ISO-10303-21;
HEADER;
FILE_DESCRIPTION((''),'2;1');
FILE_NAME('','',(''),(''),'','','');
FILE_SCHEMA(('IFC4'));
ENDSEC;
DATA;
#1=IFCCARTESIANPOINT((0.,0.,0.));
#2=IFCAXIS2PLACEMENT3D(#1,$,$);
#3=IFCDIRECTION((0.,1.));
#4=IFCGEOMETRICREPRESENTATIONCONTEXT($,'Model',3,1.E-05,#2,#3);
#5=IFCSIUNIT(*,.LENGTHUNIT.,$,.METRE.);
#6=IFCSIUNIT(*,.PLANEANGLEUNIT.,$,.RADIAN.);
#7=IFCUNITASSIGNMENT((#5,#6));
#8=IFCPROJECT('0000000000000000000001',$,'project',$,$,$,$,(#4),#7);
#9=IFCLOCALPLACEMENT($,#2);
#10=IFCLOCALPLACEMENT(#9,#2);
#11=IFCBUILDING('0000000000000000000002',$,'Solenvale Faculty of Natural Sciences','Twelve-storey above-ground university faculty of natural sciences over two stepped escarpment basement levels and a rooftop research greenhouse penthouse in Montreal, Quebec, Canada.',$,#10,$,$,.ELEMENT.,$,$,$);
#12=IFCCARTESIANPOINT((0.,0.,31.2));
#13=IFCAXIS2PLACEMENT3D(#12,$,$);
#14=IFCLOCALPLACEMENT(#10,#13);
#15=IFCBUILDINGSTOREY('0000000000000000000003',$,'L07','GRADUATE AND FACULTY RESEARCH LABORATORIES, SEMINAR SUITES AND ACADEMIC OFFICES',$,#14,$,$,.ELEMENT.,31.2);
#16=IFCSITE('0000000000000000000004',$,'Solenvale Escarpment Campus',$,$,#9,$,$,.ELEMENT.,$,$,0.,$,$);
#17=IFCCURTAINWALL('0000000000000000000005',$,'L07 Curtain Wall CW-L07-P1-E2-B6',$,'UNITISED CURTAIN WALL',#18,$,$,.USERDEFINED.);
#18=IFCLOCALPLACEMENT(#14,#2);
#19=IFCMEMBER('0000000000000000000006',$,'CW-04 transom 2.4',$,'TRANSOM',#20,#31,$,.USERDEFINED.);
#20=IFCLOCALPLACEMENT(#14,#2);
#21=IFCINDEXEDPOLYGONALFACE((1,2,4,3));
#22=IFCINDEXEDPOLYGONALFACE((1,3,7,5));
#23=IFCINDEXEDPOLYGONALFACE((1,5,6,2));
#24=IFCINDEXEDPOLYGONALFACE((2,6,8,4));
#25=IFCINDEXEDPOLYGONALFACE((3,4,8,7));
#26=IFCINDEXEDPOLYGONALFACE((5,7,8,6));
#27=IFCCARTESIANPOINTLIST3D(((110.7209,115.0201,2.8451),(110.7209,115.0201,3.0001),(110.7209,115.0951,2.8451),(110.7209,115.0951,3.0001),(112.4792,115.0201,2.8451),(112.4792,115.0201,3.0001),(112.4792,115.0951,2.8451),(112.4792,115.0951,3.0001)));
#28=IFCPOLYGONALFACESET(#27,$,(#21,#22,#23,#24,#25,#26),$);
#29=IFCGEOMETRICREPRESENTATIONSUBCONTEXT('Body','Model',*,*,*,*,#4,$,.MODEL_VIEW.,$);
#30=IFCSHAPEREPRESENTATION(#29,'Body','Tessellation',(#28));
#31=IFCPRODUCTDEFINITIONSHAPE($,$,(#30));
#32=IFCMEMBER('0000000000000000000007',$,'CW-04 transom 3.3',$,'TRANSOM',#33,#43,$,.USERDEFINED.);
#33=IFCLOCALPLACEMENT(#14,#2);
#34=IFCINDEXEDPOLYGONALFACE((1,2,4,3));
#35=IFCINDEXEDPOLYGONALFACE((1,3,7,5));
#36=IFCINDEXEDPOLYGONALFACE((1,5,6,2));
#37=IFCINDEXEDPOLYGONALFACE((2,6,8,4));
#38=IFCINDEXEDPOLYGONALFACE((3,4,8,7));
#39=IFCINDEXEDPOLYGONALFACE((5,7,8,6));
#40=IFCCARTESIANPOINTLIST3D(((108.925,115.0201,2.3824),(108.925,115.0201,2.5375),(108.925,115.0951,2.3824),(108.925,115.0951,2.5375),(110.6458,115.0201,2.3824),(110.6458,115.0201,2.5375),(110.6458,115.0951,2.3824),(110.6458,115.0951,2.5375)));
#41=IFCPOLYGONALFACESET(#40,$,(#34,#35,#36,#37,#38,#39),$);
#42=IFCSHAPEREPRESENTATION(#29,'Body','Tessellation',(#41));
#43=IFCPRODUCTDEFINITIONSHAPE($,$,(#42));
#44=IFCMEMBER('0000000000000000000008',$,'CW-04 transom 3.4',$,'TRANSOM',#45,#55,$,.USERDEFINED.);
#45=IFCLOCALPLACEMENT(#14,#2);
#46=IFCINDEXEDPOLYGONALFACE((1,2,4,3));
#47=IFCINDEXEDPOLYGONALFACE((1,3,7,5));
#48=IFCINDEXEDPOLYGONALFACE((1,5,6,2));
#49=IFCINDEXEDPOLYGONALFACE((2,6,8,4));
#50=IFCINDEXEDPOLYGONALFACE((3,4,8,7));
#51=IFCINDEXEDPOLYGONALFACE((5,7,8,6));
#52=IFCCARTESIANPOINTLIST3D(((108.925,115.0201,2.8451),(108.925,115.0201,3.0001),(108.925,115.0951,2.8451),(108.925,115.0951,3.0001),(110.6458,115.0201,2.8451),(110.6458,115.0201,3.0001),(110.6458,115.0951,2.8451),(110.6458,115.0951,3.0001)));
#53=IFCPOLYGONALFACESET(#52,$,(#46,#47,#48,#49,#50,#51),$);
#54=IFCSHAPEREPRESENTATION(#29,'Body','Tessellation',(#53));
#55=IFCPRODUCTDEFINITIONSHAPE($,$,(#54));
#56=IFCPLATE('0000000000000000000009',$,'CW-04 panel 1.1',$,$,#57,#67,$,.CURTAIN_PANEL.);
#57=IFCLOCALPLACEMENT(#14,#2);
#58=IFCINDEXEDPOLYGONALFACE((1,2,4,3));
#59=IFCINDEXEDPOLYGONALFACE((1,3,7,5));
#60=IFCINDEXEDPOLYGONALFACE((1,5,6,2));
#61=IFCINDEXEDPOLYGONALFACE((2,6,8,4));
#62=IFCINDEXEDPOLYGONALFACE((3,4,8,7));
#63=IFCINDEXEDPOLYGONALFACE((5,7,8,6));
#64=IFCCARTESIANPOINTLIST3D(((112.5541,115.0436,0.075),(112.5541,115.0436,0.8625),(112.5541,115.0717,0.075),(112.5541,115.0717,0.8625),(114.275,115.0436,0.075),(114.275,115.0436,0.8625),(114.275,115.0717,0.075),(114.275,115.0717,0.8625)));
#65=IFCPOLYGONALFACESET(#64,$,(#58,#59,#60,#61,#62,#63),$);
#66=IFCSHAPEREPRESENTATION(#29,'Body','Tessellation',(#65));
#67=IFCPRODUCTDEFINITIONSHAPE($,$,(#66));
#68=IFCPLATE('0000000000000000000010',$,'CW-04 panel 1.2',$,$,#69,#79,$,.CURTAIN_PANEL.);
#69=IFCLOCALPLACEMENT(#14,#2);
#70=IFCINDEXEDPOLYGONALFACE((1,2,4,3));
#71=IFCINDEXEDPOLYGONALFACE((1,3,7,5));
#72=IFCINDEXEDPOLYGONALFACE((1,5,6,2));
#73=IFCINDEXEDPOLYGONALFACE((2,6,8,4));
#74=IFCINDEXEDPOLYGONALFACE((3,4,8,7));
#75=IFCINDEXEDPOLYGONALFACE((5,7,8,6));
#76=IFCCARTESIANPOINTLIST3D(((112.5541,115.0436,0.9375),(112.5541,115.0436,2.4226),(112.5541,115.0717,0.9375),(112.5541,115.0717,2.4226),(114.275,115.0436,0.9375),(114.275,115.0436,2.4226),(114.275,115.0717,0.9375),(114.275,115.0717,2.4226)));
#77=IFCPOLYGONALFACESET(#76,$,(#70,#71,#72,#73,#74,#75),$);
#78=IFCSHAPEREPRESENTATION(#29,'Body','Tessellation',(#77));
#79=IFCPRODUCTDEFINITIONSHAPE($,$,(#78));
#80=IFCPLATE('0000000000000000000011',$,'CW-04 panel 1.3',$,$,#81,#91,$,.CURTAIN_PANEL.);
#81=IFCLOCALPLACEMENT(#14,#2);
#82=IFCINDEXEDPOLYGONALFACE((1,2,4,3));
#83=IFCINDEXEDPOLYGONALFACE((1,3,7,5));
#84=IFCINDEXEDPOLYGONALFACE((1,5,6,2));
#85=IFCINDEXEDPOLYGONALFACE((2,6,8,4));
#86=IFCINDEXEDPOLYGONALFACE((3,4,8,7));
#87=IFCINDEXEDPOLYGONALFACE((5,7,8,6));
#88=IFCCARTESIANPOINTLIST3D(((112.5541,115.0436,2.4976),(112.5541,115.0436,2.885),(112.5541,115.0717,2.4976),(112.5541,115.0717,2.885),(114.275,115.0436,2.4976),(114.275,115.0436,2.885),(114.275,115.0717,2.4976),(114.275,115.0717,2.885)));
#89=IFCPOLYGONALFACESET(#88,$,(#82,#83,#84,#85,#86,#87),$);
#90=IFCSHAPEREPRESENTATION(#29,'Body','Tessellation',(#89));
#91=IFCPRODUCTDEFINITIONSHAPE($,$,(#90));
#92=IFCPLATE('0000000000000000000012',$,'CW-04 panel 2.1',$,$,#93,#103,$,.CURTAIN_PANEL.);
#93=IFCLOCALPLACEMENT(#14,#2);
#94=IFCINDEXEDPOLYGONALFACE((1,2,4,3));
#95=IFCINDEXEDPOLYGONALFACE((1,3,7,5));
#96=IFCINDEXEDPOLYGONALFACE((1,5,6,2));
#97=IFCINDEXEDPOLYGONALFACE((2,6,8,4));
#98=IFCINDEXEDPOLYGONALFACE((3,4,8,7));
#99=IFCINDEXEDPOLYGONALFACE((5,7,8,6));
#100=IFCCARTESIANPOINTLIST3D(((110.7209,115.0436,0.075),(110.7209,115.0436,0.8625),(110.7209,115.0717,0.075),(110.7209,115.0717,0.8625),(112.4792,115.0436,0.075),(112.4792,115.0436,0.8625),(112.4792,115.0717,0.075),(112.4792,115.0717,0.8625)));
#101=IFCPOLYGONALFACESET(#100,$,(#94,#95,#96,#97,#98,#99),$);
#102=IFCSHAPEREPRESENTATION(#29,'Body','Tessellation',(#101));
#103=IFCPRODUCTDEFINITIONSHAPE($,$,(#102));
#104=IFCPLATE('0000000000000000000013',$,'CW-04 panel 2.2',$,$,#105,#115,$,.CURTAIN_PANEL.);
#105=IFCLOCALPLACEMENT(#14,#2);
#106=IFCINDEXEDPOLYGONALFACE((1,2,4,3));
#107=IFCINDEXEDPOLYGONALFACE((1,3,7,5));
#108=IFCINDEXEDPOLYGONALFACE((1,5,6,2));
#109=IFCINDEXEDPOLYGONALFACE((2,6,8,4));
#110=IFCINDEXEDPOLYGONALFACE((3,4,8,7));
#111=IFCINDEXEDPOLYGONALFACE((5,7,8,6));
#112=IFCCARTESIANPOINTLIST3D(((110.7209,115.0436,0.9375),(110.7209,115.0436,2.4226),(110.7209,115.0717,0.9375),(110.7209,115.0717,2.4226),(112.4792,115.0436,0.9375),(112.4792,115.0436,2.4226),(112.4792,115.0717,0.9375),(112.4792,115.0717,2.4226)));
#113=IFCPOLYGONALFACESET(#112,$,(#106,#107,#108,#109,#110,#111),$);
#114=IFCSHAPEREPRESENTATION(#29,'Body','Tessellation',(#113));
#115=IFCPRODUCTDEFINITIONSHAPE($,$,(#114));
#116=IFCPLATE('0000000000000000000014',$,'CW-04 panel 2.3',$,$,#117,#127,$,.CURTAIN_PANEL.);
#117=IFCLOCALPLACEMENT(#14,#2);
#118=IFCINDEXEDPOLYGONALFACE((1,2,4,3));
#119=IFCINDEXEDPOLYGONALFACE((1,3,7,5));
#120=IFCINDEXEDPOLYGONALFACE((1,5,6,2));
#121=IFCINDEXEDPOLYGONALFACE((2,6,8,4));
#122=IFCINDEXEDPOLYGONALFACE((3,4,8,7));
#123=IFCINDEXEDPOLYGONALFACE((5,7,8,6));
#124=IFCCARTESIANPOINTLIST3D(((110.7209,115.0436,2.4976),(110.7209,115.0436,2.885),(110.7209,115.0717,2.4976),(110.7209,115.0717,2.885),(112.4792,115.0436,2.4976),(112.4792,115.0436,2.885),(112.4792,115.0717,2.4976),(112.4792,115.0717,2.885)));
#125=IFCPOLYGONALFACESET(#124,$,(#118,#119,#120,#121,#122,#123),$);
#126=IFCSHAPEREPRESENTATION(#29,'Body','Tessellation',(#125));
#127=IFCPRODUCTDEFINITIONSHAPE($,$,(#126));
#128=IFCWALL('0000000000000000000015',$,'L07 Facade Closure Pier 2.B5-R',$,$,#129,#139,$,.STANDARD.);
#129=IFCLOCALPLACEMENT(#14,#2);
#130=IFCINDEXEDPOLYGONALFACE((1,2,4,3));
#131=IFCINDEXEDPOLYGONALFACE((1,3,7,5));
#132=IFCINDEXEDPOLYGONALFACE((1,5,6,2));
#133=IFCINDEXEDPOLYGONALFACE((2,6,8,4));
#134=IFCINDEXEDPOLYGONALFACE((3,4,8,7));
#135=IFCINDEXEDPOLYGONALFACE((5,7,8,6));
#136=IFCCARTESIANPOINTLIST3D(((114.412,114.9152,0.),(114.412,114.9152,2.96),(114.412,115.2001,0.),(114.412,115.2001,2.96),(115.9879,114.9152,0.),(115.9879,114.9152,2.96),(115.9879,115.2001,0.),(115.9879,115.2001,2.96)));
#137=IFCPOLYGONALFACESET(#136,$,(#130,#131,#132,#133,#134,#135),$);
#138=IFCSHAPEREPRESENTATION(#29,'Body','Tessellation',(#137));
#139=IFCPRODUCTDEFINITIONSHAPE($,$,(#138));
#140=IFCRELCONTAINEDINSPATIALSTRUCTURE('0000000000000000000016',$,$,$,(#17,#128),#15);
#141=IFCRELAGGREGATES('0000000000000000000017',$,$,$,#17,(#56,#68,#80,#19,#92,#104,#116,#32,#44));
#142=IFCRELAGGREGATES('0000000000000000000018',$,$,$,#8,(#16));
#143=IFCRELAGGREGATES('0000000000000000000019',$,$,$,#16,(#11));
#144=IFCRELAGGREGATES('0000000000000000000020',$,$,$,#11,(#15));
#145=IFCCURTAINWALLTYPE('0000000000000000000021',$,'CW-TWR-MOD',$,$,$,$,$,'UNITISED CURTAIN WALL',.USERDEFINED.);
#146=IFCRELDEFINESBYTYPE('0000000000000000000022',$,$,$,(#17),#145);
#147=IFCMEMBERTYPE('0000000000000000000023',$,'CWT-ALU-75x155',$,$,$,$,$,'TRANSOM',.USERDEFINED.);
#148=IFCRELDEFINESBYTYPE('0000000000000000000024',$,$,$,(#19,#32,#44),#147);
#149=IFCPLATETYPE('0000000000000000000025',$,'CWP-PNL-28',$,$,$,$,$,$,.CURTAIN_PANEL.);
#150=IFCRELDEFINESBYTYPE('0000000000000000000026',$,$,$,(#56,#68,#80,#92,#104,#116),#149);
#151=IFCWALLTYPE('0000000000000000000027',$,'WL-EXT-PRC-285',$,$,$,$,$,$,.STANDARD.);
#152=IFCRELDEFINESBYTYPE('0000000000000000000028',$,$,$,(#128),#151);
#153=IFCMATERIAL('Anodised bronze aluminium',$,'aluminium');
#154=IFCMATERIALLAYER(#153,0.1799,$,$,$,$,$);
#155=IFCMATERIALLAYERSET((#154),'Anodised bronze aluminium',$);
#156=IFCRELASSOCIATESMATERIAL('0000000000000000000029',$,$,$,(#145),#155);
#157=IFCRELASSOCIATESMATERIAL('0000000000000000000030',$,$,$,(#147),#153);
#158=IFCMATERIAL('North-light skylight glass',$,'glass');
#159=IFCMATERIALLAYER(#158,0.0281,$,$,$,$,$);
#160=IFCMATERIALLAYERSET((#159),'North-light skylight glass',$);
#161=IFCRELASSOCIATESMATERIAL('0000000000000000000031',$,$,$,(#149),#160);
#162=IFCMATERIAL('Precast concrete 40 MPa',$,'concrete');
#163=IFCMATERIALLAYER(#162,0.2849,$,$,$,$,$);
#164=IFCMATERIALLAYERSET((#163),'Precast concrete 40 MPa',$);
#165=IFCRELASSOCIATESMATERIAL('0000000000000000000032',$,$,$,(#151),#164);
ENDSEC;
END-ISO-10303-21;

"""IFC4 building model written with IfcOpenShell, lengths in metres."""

from ifc_helpers import new_model, si_unit, direction, frame, frame_2d, origin, origin_2d, place, context, subcontext, project, spatial, rectangle, extrude, material, layer, layer_set, material_profile, profile_set, type_object, element, aggregate, save


model = new_model("IFC4")

# Units and contexts
model_context = context("Model", 3, precision=1e-05, world=origin(), true_north=direction((0.0, 1.0)))
body_context = subcontext(model_context, "Body", "Model", "MODEL_VIEW")
ifc_project = project(units=[si_unit("LENGTHUNIT", "METRE"), si_unit("PLANEANGLEUNIT", "RADIAN")], contexts=[model_context])

# Site, building, storey
site_placement = place(None, origin())
site = spatial("IfcSite", under=ifc_project, at=site_placement, Name="Solenvale Escarpment Campus", CompositionType="ELEMENT", RefElevation=0.0)
building_placement = place(site_placement, origin())
building = spatial("IfcBuilding", under=site, at=building_placement, Name="Solenvale Faculty of Natural Sciences", Description="Twelve-storey above-ground university faculty of natural sciences over two stepped escarpment basement levels and a rooftop research greenhouse penthouse in Montreal, Quebec, Canada.", CompositionType="ELEMENT")
storey_placement = place(building_placement, frame((0.0, 0.0, 31.2)))
storey = spatial("IfcBuildingStorey", under=building, at=storey_placement, Name="L07", Description="GRADUATE AND FACULTY RESEARCH LABORATORIES, SEMINAR SUITES AND ACADEMIC OFFICES", CompositionType="ELEMENT", Elevation=31.2)

# Shared definitions
ifc_material_1 = material(Name="Precast concrete 40 MPa", Category="concrete")

# Shared definitions
ifc_material_2 = material(Name="Anodised bronze aluminium", Category="aluminium")
ifc_layer_1 = layer(ifc_material_2, 0.1799)
ifc_layer_set_1 = layer_set([ifc_layer_1], Name="Anodised bronze aluminium")
curtain_wall_type = type_object("IfcCurtainWallType", Name="CW-TWR-MOD", ElementType="UNITISED CURTAIN WALL", PredefinedType="USERDEFINED", material=ifc_layer_set_1)

# Curtain wall, members, plates
curtain_wall_1_placement = place(storey_placement, origin())
curtain_wall_1 = element("IfcCurtainWall", 1, at=curtain_wall_1_placement, inside=storey, type_object=curtain_wall_type, Name="L07 Curtain Wall CW-L07-P1-E2-B6", ObjectType="UNITISED CURTAIN WALL", PredefinedType="USERDEFINED")
ifc_material_profile_1 = material_profile(ifc_material_2, rectangle(XDim=0.075, YDim=0.155, at=origin_2d()), Name="ALU-TRN-75x155")
ifc_profile_set_1 = profile_set([ifc_material_profile_1], Name="Anodised bronze aluminium")
member_type_1 = type_object("IfcMemberType", Name="CWT-ALU-75x155", ElementType="TRANSOM", PredefinedType="USERDEFINED", material=ifc_profile_set_1)
member_1_placement = place(storey_placement, frame((112.4792, 115.0576, 2.9226), z_axis=(-1.0, 0.0, 0.0), x_axis=(0.0, -1.0, 0.0)))
member_1 = element("IfcMember", 2, at=member_1_placement, type_object=member_type_1, Name="CW-04 transom 2.4", ObjectType="TRANSOM", PredefinedType="USERDEFINED", context=body_context, shape_type="SweptSolid", body=[
    extrude(rectangle(XDim=0.075, YDim=0.155, at=origin_2d()), origin(), (0.0, 0.0, 1.0), 1.7583),
])
member_2_placement = place(storey_placement, frame((110.6458, 115.0576, 2.46), z_axis=(-1.0, 0.0, 0.0), x_axis=(0.0, -1.0, 0.0)))
member_2 = element("IfcMember", 3, at=member_2_placement, type_object=member_type_1, Name="CW-04 transom 3.3", ObjectType="TRANSOM", PredefinedType="USERDEFINED", context=body_context, shape_type="SweptSolid", body=[
    extrude(rectangle(XDim=0.075, YDim=0.155, at=origin_2d()), origin(), (0.0, 0.0, 1.0), 1.7207),
])
member_3_placement = place(storey_placement, frame((110.6458, 115.0576, 2.9226), z_axis=(-1.0, 0.0, 0.0), x_axis=(0.0, -1.0, 0.0)))
member_3 = element("IfcMember", 4, at=member_3_placement, type_object=member_type_1, Name="CW-04 transom 3.4", ObjectType="TRANSOM", PredefinedType="USERDEFINED", context=body_context, shape_type="SweptSolid", body=[
    extrude(rectangle(XDim=0.075, YDim=0.155, at=origin_2d()), origin(), (0.0, 0.0, 1.0), 1.7207),
])
ifc_material_3 = material(Name="North-light skylight glass", Category="glass")
ifc_layer_2 = layer(ifc_material_3, 0.0281)
ifc_layer_set_2 = layer_set([ifc_layer_2], Name="North-light skylight glass")
plate_type = type_object("IfcPlateType", Name="CWP-PNL-28", PredefinedType="CURTAIN_PANEL", material=ifc_layer_set_2)
plate_1_placement = place(storey_placement, frame((113.4146, 115.0576, 0.075), z_axis=(0.0, 0.0, 1.0), x_axis=(-1.0, 0.0, 0.0)))
plate_1 = element("IfcPlate", 5, at=plate_1_placement, type_object=plate_type, Name="CW-04 panel 1.1", PredefinedType="CURTAIN_PANEL", context=body_context, shape_type="SweptSolid", body=[
    extrude(rectangle(XDim=1.7209, YDim=0.0281, at=origin_2d()), origin(), (0.0, 0.0, 1.0), 0.7876),
])
plate_2_placement = place(storey_placement, frame((113.4146, 115.0576, 0.9375), z_axis=(0.0, 0.0, 1.0), x_axis=(-1.0, 0.0, 0.0)))
plate_2 = element("IfcPlate", 6, at=plate_2_placement, type_object=plate_type, Name="CW-04 panel 1.2", PredefinedType="CURTAIN_PANEL", context=body_context, shape_type="SweptSolid", body=[
    extrude(rectangle(XDim=1.7209, YDim=0.0281, at=origin_2d()), origin(), (0.0, 0.0, 1.0), 1.4851),
])
plate_3_placement = place(storey_placement, frame((113.4146, 115.0576, 2.4976), z_axis=(0.0, 0.0, 1.0), x_axis=(-1.0, 0.0, 0.0)))
plate_3 = element("IfcPlate", 7, at=plate_3_placement, type_object=plate_type, Name="CW-04 panel 1.3", PredefinedType="CURTAIN_PANEL", context=body_context, shape_type="SweptSolid", body=[
    extrude(rectangle(XDim=1.7209, YDim=0.0281, at=origin_2d()), origin(), (0.0, 0.0, 1.0), 0.3875),
])
plate_4_placement = place(storey_placement, frame((111.6001, 115.0576, 0.075), z_axis=(0.0, 0.0, 1.0), x_axis=(-1.0, 0.0, 0.0)))
plate_4 = element("IfcPlate", 8, at=plate_4_placement, type_object=plate_type, Name="CW-04 panel 2.1", PredefinedType="CURTAIN_PANEL", context=body_context, shape_type="SweptSolid", body=[
    extrude(rectangle(XDim=1.7583, YDim=0.0281, at=origin_2d()), origin(), (0.0, 0.0, 1.0), 0.7876),
])
plate_5_placement = place(storey_placement, frame((111.6001, 115.0576, 0.9375), z_axis=(0.0, 0.0, 1.0), x_axis=(-1.0, 0.0, 0.0)))
plate_5 = element("IfcPlate", 9, at=plate_5_placement, type_object=plate_type, Name="CW-04 panel 2.2", PredefinedType="CURTAIN_PANEL", context=body_context, shape_type="SweptSolid", body=[
    extrude(rectangle(XDim=1.7583, YDim=0.0281, at=origin_2d()), origin(), (0.0, 0.0, 1.0), 1.4851),
])
plate_6_placement = place(storey_placement, frame((111.6001, 115.0576, 2.4976), z_axis=(0.0, 0.0, 1.0), x_axis=(-1.0, 0.0, 0.0)))
plate_6 = element("IfcPlate", 10, at=plate_6_placement, type_object=plate_type, Name="CW-04 panel 2.3", PredefinedType="CURTAIN_PANEL", context=body_context, shape_type="SweptSolid", body=[
    extrude(rectangle(XDim=1.7583, YDim=0.0281, at=origin_2d()), origin(), (0.0, 0.0, 1.0), 0.3875),
])
aggregate(curtain_wall_1, [plate_1, plate_2, plate_3, member_1, plate_4, plate_5, plate_6, member_2, member_3])

# Wall
ifc_layer_3 = layer(ifc_material_1, 0.2849)
ifc_layer_set_3 = layer_set([ifc_layer_3], Name="Precast concrete 40 MPa")
wall_type = type_object("IfcWallType", Name="WL-EXT-PRC-285", PredefinedType="STANDARD", material=ifc_layer_set_3)
wall_placement = place(storey_placement, frame((115.988, 115.0576, 0.0), z_axis=(0.0, 0.0, 1.0), x_axis=(-1.0, 0.0, 0.0)))
element("IfcWall", 11, at=wall_placement, inside=storey, type_object=wall_type, Name="L07 Facade Closure Pier 2.B5-R", PredefinedType="STANDARD", context=body_context, shape_type="SweptSolid", body=[
    extrude(rectangle(XDim=1.5759, YDim=0.2849, at=frame_2d((0.7881, 0.0))), origin(), (0.0, 0.0, 1.0), 2.96),
])

save(model, "model.ifc")
